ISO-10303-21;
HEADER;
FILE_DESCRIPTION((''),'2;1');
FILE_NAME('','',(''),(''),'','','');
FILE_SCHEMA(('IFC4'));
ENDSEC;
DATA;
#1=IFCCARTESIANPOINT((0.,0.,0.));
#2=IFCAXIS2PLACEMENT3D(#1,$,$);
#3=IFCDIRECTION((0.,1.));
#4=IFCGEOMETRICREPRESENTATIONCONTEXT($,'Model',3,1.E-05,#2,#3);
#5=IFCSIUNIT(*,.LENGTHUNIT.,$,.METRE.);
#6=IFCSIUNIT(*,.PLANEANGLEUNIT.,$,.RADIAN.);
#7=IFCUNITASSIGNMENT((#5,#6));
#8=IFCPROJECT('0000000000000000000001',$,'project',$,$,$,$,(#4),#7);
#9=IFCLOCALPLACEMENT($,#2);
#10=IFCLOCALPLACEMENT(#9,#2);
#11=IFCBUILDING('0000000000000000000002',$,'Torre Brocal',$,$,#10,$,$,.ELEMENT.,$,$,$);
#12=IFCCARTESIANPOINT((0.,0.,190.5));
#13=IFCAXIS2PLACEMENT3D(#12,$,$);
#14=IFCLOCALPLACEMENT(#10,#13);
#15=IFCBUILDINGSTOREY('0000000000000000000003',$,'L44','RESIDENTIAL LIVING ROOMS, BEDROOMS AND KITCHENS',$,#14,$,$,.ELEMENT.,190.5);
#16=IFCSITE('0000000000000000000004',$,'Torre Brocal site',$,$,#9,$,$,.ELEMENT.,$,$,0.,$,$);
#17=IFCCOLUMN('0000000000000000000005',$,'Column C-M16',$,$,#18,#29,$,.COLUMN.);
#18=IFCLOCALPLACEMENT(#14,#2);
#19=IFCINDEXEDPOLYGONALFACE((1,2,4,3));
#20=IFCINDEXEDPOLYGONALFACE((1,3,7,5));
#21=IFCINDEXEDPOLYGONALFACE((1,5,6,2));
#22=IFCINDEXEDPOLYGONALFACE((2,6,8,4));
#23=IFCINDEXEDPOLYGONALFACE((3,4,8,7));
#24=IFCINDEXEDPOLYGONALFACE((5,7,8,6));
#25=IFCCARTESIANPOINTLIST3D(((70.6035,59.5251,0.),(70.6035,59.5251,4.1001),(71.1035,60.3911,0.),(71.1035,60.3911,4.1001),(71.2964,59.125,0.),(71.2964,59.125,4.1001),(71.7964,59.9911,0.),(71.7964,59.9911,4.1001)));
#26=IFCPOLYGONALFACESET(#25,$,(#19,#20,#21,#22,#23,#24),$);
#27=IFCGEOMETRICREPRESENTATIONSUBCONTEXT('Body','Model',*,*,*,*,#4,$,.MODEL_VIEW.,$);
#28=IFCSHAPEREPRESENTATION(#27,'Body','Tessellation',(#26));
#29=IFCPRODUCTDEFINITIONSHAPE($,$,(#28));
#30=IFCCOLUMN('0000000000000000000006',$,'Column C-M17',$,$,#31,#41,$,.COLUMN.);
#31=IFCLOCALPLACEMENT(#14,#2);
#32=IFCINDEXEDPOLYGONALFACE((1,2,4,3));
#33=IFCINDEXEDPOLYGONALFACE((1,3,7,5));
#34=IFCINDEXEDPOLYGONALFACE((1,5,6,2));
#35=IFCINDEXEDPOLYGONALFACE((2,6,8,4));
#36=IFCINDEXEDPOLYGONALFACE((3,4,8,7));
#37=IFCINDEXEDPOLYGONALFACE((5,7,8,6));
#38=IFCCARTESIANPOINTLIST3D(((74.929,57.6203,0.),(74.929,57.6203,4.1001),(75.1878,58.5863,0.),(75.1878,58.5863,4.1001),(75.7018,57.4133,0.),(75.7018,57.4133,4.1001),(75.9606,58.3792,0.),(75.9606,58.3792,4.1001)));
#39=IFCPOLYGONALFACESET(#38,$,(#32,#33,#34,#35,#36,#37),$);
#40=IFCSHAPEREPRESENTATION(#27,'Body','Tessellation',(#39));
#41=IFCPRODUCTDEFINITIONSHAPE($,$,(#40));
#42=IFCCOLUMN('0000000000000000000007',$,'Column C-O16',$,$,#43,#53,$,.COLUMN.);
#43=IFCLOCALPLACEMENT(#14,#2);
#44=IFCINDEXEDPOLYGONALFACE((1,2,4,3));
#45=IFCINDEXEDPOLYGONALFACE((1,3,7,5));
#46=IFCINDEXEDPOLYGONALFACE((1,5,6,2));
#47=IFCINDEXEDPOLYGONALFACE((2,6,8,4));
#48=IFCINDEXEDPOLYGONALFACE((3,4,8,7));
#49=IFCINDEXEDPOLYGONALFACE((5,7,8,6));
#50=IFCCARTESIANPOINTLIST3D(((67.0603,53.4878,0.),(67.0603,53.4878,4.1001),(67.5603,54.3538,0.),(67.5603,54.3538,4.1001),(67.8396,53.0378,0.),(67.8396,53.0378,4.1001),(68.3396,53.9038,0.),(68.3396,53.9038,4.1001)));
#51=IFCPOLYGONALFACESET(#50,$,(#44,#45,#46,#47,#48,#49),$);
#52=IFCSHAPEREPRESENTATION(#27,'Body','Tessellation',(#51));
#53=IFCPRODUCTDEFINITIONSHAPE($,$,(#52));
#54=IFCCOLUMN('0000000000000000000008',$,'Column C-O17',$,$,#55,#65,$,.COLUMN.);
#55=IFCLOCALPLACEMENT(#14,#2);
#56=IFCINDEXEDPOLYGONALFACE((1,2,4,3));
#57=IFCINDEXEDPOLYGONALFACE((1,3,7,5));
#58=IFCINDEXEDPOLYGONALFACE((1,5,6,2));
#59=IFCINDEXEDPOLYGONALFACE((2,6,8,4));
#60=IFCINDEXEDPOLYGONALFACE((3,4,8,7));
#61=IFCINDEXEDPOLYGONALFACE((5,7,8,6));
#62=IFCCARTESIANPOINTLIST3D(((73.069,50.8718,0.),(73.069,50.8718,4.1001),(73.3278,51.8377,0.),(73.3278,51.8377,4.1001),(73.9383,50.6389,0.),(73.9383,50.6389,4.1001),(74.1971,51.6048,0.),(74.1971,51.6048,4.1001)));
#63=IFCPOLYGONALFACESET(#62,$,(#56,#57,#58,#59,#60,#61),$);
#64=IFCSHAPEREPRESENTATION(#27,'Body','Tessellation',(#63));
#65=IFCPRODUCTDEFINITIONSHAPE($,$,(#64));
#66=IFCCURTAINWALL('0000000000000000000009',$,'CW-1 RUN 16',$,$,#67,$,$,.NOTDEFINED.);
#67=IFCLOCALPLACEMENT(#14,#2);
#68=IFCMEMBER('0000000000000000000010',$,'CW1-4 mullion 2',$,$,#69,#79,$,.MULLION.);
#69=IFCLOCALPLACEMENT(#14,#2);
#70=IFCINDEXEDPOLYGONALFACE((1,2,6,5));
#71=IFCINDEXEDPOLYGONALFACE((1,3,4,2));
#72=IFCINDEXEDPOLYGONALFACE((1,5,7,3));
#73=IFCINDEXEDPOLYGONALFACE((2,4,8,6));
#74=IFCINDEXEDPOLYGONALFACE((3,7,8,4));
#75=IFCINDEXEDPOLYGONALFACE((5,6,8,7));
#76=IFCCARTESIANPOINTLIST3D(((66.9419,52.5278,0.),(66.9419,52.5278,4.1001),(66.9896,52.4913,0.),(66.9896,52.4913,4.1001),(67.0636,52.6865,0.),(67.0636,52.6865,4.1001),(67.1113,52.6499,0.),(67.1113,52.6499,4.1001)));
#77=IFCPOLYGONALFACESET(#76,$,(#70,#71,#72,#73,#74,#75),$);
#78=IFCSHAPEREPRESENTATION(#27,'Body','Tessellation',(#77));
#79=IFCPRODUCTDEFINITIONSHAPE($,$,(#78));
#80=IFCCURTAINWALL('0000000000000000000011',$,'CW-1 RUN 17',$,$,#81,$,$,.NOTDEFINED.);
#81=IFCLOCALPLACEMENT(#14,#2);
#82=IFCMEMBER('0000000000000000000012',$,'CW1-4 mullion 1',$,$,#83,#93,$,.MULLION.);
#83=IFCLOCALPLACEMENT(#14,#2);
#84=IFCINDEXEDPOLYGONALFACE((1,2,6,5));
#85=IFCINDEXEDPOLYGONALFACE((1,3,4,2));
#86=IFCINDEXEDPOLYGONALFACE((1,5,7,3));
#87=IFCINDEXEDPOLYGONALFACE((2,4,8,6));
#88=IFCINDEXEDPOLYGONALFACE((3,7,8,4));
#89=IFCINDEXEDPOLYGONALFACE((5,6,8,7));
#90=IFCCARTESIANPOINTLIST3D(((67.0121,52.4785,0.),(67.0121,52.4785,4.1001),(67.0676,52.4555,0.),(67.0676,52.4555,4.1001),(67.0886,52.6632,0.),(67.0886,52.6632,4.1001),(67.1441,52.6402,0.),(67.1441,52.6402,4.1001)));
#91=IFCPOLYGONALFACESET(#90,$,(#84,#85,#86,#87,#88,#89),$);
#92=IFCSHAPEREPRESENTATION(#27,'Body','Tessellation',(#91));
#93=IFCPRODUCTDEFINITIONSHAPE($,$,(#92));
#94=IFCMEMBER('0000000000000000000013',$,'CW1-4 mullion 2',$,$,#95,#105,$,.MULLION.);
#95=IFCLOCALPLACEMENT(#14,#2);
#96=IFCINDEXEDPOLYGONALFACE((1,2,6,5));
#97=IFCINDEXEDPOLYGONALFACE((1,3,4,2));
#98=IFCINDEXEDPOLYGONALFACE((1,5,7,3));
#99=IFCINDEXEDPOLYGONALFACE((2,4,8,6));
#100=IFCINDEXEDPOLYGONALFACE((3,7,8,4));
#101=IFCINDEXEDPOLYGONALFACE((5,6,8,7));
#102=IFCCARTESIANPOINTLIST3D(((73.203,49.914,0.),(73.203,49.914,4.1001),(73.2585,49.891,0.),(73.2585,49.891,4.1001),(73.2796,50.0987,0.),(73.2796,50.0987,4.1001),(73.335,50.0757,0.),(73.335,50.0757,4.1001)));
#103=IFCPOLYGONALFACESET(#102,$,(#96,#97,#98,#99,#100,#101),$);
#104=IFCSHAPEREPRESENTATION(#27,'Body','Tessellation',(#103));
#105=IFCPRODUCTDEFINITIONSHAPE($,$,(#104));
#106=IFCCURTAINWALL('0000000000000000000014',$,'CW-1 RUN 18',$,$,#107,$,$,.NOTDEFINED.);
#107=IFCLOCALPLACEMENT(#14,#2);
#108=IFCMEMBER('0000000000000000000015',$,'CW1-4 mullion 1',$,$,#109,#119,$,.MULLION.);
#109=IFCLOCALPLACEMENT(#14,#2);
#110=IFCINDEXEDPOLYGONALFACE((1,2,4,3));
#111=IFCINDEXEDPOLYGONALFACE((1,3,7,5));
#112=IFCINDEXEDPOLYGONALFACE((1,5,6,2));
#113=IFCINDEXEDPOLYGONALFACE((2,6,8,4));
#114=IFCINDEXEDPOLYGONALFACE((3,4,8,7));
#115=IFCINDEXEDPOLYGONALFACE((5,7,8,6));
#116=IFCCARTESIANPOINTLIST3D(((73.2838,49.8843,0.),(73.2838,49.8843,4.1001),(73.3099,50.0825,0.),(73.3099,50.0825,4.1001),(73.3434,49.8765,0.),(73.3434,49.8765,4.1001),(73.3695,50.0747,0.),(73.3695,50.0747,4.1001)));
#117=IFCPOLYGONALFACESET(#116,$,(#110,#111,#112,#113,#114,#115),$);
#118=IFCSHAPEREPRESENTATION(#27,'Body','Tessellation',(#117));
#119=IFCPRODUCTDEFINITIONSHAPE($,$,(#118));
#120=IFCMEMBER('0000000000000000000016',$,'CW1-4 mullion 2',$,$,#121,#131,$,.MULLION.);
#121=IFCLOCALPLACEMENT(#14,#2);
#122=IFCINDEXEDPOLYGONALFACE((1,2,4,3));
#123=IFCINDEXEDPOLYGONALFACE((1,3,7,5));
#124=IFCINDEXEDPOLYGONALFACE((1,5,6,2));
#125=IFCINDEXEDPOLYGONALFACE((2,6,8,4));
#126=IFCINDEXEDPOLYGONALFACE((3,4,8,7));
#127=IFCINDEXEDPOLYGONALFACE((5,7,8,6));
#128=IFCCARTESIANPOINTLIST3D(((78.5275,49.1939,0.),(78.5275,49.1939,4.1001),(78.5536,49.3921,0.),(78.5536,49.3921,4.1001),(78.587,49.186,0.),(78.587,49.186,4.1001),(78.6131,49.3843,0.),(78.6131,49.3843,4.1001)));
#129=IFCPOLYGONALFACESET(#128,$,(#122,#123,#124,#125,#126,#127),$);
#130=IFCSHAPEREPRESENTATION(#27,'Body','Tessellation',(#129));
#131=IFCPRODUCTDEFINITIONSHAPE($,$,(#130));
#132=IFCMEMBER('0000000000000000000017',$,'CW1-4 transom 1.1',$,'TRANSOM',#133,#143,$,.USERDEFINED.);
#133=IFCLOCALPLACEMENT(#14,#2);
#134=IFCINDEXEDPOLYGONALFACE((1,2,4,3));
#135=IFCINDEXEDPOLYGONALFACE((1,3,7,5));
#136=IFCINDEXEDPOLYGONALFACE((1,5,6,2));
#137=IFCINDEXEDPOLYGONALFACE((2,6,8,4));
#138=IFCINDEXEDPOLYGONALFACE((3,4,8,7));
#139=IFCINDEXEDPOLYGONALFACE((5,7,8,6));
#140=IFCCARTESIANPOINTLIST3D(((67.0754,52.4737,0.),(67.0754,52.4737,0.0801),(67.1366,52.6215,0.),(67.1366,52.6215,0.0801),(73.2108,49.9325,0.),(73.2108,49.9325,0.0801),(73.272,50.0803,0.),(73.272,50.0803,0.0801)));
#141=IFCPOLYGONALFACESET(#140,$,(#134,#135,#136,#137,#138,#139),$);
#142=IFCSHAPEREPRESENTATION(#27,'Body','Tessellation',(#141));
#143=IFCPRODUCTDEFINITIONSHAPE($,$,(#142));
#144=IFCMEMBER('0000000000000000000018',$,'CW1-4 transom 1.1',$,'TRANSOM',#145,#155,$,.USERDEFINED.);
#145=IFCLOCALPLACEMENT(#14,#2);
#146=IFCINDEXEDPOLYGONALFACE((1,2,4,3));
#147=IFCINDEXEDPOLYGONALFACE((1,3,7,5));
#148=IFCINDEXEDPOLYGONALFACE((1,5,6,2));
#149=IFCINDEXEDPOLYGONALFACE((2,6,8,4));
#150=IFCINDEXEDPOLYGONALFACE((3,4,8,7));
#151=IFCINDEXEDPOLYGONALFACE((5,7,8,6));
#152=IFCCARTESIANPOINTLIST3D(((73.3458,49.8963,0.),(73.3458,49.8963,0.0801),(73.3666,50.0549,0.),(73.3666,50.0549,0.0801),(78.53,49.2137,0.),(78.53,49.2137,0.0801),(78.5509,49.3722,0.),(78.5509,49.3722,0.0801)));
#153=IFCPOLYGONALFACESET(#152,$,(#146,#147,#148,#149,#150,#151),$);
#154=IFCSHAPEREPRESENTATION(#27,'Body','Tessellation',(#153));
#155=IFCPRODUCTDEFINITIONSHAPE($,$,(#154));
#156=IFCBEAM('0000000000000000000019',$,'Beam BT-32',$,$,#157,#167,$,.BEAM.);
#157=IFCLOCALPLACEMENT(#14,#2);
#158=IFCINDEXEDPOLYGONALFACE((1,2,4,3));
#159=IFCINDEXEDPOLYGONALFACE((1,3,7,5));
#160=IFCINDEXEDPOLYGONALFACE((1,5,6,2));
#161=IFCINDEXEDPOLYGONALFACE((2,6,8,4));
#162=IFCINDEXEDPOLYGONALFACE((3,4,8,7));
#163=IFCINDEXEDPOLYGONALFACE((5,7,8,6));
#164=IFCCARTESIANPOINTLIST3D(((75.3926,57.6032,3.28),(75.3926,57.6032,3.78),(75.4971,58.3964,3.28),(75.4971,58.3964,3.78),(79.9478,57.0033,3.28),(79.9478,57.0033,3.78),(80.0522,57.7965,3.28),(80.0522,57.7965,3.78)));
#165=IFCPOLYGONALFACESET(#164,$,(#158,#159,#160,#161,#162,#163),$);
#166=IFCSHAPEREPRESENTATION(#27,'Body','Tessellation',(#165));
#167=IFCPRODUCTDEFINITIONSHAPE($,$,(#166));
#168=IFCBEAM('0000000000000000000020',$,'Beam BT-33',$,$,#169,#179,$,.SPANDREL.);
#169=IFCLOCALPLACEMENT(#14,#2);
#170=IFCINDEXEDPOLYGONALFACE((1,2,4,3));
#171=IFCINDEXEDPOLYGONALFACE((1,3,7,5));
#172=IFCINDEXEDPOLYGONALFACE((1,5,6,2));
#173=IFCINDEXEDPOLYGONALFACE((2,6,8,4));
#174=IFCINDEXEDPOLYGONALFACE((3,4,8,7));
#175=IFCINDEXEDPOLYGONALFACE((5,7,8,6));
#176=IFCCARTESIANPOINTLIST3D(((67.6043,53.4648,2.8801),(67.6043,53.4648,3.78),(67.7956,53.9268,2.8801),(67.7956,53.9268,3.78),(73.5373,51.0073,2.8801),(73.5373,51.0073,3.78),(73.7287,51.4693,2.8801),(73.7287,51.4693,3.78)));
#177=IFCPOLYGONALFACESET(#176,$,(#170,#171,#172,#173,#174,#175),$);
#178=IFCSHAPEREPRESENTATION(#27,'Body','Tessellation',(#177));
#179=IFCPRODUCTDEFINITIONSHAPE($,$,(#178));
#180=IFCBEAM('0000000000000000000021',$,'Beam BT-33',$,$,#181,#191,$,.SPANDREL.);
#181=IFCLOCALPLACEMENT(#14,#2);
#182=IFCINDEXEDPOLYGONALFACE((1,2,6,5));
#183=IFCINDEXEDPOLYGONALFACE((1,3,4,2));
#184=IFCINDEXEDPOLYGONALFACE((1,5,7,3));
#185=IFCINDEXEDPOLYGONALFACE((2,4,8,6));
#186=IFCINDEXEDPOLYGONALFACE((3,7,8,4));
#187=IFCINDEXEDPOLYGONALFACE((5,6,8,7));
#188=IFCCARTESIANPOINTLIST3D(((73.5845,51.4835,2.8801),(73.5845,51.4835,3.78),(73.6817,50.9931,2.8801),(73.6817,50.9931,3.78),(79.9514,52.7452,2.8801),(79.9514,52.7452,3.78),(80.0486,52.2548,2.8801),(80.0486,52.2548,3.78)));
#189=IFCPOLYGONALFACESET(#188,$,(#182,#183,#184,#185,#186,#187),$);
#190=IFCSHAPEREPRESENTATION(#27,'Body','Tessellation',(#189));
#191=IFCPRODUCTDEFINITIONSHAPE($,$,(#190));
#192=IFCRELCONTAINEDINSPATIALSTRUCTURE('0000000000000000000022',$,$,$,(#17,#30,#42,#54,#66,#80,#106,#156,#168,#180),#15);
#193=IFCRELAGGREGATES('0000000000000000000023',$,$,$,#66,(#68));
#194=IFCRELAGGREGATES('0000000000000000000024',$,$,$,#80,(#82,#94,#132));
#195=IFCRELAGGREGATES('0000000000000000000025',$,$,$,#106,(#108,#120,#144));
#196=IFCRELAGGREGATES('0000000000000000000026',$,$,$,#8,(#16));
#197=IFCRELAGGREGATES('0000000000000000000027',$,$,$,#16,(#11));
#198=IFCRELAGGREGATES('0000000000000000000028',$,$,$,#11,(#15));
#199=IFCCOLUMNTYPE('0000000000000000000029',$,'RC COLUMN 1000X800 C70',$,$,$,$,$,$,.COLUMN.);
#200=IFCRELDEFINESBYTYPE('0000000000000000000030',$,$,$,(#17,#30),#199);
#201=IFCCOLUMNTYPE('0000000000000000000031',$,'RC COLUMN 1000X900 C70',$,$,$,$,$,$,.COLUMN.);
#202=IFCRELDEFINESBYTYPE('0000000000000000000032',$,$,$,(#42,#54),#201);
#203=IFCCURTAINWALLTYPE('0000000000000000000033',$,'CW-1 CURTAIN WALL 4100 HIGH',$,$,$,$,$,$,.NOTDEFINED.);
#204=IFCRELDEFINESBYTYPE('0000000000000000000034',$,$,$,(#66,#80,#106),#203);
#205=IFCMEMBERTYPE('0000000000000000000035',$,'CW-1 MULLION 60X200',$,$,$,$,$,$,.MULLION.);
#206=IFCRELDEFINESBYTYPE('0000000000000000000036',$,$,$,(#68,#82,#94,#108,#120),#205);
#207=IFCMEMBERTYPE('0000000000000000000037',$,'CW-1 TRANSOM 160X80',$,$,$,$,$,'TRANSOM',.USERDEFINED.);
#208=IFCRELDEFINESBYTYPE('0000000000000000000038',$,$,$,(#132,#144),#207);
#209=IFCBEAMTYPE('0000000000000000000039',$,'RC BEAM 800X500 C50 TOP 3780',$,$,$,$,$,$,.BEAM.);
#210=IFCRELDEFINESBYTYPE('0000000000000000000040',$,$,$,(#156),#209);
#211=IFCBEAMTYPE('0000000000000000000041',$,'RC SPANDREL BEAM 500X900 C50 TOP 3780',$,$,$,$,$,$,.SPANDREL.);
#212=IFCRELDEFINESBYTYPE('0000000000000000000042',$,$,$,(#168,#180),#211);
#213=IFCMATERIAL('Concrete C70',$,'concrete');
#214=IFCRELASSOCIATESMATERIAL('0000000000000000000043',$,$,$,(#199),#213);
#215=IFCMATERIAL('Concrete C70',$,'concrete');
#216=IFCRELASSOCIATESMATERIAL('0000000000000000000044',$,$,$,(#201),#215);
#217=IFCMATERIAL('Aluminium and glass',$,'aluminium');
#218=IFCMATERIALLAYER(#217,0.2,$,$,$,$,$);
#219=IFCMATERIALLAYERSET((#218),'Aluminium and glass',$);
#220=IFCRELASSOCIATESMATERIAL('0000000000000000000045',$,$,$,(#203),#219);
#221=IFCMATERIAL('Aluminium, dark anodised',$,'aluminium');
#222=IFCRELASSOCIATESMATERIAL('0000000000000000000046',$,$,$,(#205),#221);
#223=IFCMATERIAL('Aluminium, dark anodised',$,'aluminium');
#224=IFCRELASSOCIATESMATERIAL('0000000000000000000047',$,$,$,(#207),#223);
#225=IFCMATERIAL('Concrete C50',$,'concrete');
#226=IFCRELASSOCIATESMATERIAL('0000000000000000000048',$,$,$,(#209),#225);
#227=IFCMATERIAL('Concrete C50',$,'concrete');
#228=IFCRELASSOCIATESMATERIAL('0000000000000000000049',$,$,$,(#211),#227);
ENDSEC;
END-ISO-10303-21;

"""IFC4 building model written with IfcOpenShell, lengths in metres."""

from ifc_helpers import new_model, si_unit, direction, frame, origin, origin_2d, place, context, subcontext, project, spatial, rectangle, extrude, material, layer, layer_set, material_profile, profile_set, type_object, element, aggregate, save


model = new_model("IFC4")

# Units and contexts
model_context = context("Model", 3, precision=1e-05, world=origin(), true_north=direction((0.0, 1.0)))
body_context = subcontext(model_context, "Body", "Model", "MODEL_VIEW")
ifc_project = project(units=[si_unit("LENGTHUNIT", "METRE"), si_unit("PLANEANGLEUNIT", "RADIAN")], contexts=[model_context])

# Site, building, storey
site_placement = place(None, origin())
site = spatial("IfcSite", under=ifc_project, at=site_placement, Name="Torre Brocal site", CompositionType="ELEMENT", RefElevation=0.0)
building_placement = place(site_placement, origin())
building = spatial("IfcBuilding", under=site, at=building_placement, Name="Torre Brocal", CompositionType="ELEMENT")
storey_placement = place(building_placement, frame((0.0, 0.0, 190.5)))
storey = spatial("IfcBuildingStorey", under=building, at=storey_placement, Name="L44", Description="RESIDENTIAL LIVING ROOMS, BEDROOMS AND KITCHENS", CompositionType="ELEMENT", Elevation=190.5)

# Columns
ifc_material_1 = material(Name="Concrete C70", Category="concrete")
ifc_material_profile_1 = material_profile(ifc_material_1, rectangle(XDim=1.0, YDim=0.8, at=origin_2d()), Name="RC 1000X800")
ifc_profile_set_1 = profile_set([ifc_material_profile_1], Name="Concrete C70")
column_type_1 = type_object("IfcColumnType", Name="RC COLUMN 1000X800 C70", PredefinedType="COLUMN", material=ifc_profile_set_1)
for number, where, z_axis, x_axis, name in (
    (1, (71.2, 59.7581, 0.0), (0.0, 0.0, 1.0), (-0.5, -0.866025, 0.0), "Column C-M16"),
    (2, (75.4448, 57.9998, 0.0), (0.0, 0.0, 1.0), (-0.258819, -0.965926, 0.0), "Column C-M17"),
):
    element("IfcColumn", number, at=place(storey_placement, frame(where, z_axis=z_axis, x_axis=x_axis)), inside=storey, type_object=column_type_1, Name=name, PredefinedType="COLUMN", context=body_context, shape_type="SweptSolid", body=[
        extrude(rectangle(XDim=1.0, YDim=0.8, at=origin_2d()), origin(), (0.0, 0.0, 1.0), 4.1001),
    ])
ifc_material_2 = material(Name="Concrete C70", Category="concrete")
ifc_material_profile_2 = material_profile(ifc_material_2, rectangle(XDim=1.0, YDim=0.8999, at=origin_2d()), Name="RC 1000X900")
ifc_profile_set_2 = profile_set([ifc_material_profile_2], Name="Concrete C70")
column_type_2 = type_object("IfcColumnType", Name="RC COLUMN 1000X900 C70", PredefinedType="COLUMN", material=ifc_profile_set_2)
for number, where, z_axis, x_axis, name in (
    (3, (67.7, 53.6958, 0.0), (0.0, 0.0, 1.0), (-0.5, -0.866025, 0.0), "Column C-O16"),
    (4, (73.6331, 51.2383, 0.0), (0.0, 0.0, 1.0), (-0.258819, -0.965926, 0.0), "Column C-O17"),
):
    element("IfcColumn", number, at=place(storey_placement, frame(where, z_axis=z_axis, x_axis=x_axis)), inside=storey, type_object=column_type_2, Name=name, PredefinedType="COLUMN", context=body_context, shape_type="SweptSolid", body=[
        extrude(rectangle(XDim=1.0, YDim=0.8999, at=origin_2d()), origin(), (0.0, 0.0, 1.0), 4.1001),
    ])

# Curtain wall, member
ifc_material_3 = material(Name="Aluminium and glass", Category="aluminium")
ifc_layer_1 = layer(ifc_material_3, 0.2)
ifc_layer_set_1 = layer_set([ifc_layer_1], Name="Aluminium and glass")
curtain_wall_type = type_object("IfcCurtainWallType", Name="CW-1 CURTAIN WALL 4100 HIGH", PredefinedType="NOTDEFINED", material=ifc_layer_set_1)
curtain_wall_1_placement = place(storey_placement, origin())
curtain_wall_1 = element("IfcCurtainWall", 5, at=curtain_wall_1_placement, inside=storey, type_object=curtain_wall_type, Name="CW-1 RUN 16", PredefinedType="NOTDEFINED")
ifc_material_4 = material(Name="Aluminium, dark anodised", Category="aluminium")
ifc_material_profile_3 = material_profile(ifc_material_4, rectangle(XDim=0.2, YDim=0.0601, at=origin_2d()), Name="CW-1 MULLION 60X200")
ifc_profile_set_3 = profile_set([ifc_material_profile_3], Name="Aluminium, dark anodised")
member_type_1 = type_object("IfcMemberType", Name="CW-1 MULLION 60X200", PredefinedType="MULLION", material=ifc_profile_set_3)
member_1_placement = place(storey_placement, frame((67.0266, 52.5889, 0.0), z_axis=(0.0, 0.0, 1.0), x_axis=(0.608761, 0.793353, 0.0)))
member_1 = element("IfcMember", 6, at=member_1_placement, type_object=member_type_1, Name="CW1-4 mullion 2", PredefinedType="MULLION", context=body_context, shape_type="SweptSolid", body=[
    extrude(rectangle(XDim=0.2, YDim=0.0601, at=origin_2d()), origin(), (0.0, 0.0, 1.0), 4.1001),
])
aggregate(curtain_wall_1, [member_1])

# Curtain walls, members
curtain_wall_2_placement = place(storey_placement, origin())
curtain_wall_2 = element("IfcCurtainWall", 7, at=curtain_wall_2_placement, inside=storey, type_object=curtain_wall_type, Name="CW-1 RUN 17", PredefinedType="NOTDEFINED")
member_2_placement = place(storey_placement, frame((67.0781, 52.5593, 0.0), z_axis=(0.0, 0.0, 1.0), x_axis=(0.382683, 0.92388, 0.0)))
member_2 = element("IfcMember", 8, at=member_2_placement, type_object=member_type_1, Name="CW1-4 mullion 1", PredefinedType="MULLION", context=body_context, shape_type="SweptSolid", body=[
    extrude(rectangle(XDim=0.2, YDim=0.0601, at=origin_2d()), origin(), (0.0, 0.0, 1.0), 4.1001),
])
member_3_placement = place(storey_placement, frame((73.269, 49.9949, 0.0), z_axis=(0.0, 0.0, 1.0), x_axis=(0.382683, 0.92388, 0.0)))
member_3 = element("IfcMember", 9, at=member_3_placement, type_object=member_type_1, Name="CW1-4 mullion 2", PredefinedType="MULLION", context=body_context, shape_type="SweptSolid", body=[
    extrude(rectangle(XDim=0.2, YDim=0.0601, at=origin_2d()), origin(), (0.0, 0.0, 1.0), 4.1001),
])
curtain_wall_3_placement = place(storey_placement, origin())
curtain_wall_3 = element("IfcCurtainWall", 10, at=curtain_wall_3_placement, inside=storey, type_object=curtain_wall_type, Name="CW-1 RUN 18", PredefinedType="NOTDEFINED")
member_4_placement = place(storey_placement, frame((73.3267, 49.9795, 0.0), z_axis=(0.0, 0.0, 1.0), x_axis=(0.130526, 0.991445, 0.0)))
member_4 = element("IfcMember", 11, at=member_4_placement, type_object=member_type_1, Name="CW1-4 mullion 1", PredefinedType="MULLION", context=body_context, shape_type="SweptSolid", body=[
    extrude(rectangle(XDim=0.2, YDim=0.0601, at=origin_2d()), origin(), (0.0, 0.0, 1.0), 4.1001),
])
member_5_placement = place(storey_placement, frame((78.5703, 49.2891, 0.0), z_axis=(0.0, 0.0, 1.0), x_axis=(0.130526, 0.991445, 0.0)))
member_5 = element("IfcMember", 12, at=member_5_placement, type_object=member_type_1, Name="CW1-4 mullion 2", PredefinedType="MULLION", context=body_context, shape_type="SweptSolid", body=[
    extrude(rectangle(XDim=0.2, YDim=0.0601, at=origin_2d()), origin(), (0.0, 0.0, 1.0), 4.1001),
])

# Members
ifc_material_5 = material(Name="Aluminium, dark anodised", Category="aluminium")
ifc_material_profile_4 = material_profile(ifc_material_5, rectangle(XDim=0.1599, YDim=0.0801, at=origin_2d()), Name="CW-1 TRANSOM 160X80")
ifc_profile_set_4 = profile_set([ifc_material_profile_4], Name="Aluminium, dark anodised")
member_type_2 = type_object("IfcMemberType", Name="CW-1 TRANSOM 160X80", ElementType="TRANSOM", PredefinedType="USERDEFINED", material=ifc_profile_set_4)
member_6_placement = place(storey_placement, frame((67.106, 52.5476, 0.04), z_axis=(0.923887, -0.382665, 0.0), x_axis=(0.382665, 0.923887, 0.0)))
member_6 = element("IfcMember", 13, at=member_6_placement, type_object=member_type_2, Name="CW1-4 transom 1.1", ObjectType="TRANSOM", PredefinedType="USERDEFINED", context=body_context, shape_type="SweptSolid", body=[
    extrude(rectangle(XDim=0.1599, YDim=0.0801, at=origin_2d()), origin(), (0.0, 0.0, 1.0), 6.6409),
])
member_7_placement = place(storey_placement, frame((73.3562, 49.9756, 0.04), z_axis=(0.991443, -0.130543, 0.0), x_axis=(0.130543, 0.991443, 0.0)))
member_7 = element("IfcMember", 14, at=member_7_placement, type_object=member_type_2, Name="CW1-4 transom 1.1", ObjectType="TRANSOM", PredefinedType="USERDEFINED", context=body_context, shape_type="SweptSolid", body=[
    extrude(rectangle(XDim=0.1599, YDim=0.0801, at=origin_2d()), origin(), (0.0, 0.0, 1.0), 5.229),
])

# Beams
ifc_material_6 = material(Name="Concrete C50", Category="concrete")
ifc_material_profile_5 = material_profile(ifc_material_6, rectangle(XDim=0.8, YDim=0.5, at=origin_2d()), Name="RC 800X500")
ifc_profile_set_5 = profile_set([ifc_material_profile_5], Name="Concrete C50")
beam_type_1 = type_object("IfcBeamType", Name="RC BEAM 800X500 C50 TOP 3780", PredefinedType="BEAM", material=ifc_profile_set_5)
beam_1_placement = place(storey_placement, frame((75.4448, 57.9998, 3.53), z_axis=(0.991441, -0.130559, 0.0), x_axis=(0.130559, 0.991441, 0.0)))
element("IfcBeam", 15, at=beam_1_placement, inside=storey, type_object=beam_type_1, Name="Beam BT-32", PredefinedType="BEAM", context=body_context, shape_type="SweptSolid", body=[
    extrude(rectangle(XDim=0.8, YDim=0.5, at=origin_2d()), origin(), (0.0, 0.0, 1.0), 4.5945),
])
ifc_material_7 = material(Name="Concrete C50", Category="concrete")
ifc_material_profile_6 = material_profile(ifc_material_7, rectangle(XDim=0.5, YDim=0.8999, at=origin_2d()), Name="RC 500X900")
ifc_profile_set_6 = profile_set([ifc_material_profile_6], Name="Concrete C50")
beam_type_2 = type_object("IfcBeamType", Name="RC SPANDREL BEAM 500X900 C50 TOP 3780", PredefinedType="SPANDREL", material=ifc_profile_set_6)
beam_2_placement = place(storey_placement, frame((67.7, 53.6958, 3.3301), z_axis=(0.923882, -0.382676, 0.0), x_axis=(0.382676, 0.923882, 0.0)))
element("IfcBeam", 16, at=beam_2_placement, inside=storey, type_object=beam_type_2, Name="Beam BT-33", PredefinedType="SPANDREL", context=body_context, shape_type="SweptSolid", body=[
    extrude(rectangle(XDim=0.5, YDim=0.8999, at=origin_2d()), origin(), (0.0, 0.0, 1.0), 6.4219),
])
beam_3_placement = place(storey_placement, frame((73.6331, 51.2383, 3.3301), z_axis=(0.980925, 0.194387, 0.0), x_axis=(-0.194387, 0.980925, 0.0)))
element("IfcBeam", 17, at=beam_3_placement, inside=storey, type_object=beam_type_2, Name="Beam BT-33", PredefinedType="SPANDREL", context=body_context, shape_type="SweptSolid", body=[
    extrude(rectangle(XDim=0.5, YDim=0.8999, at=origin_2d()), origin(), (0.0, 0.0, 1.0), 6.4907),
])

aggregate(curtain_wall_2, [member_2, member_3, member_6])
aggregate(curtain_wall_3, [member_4, member_5, member_7])

save(model, "model.ifc")
